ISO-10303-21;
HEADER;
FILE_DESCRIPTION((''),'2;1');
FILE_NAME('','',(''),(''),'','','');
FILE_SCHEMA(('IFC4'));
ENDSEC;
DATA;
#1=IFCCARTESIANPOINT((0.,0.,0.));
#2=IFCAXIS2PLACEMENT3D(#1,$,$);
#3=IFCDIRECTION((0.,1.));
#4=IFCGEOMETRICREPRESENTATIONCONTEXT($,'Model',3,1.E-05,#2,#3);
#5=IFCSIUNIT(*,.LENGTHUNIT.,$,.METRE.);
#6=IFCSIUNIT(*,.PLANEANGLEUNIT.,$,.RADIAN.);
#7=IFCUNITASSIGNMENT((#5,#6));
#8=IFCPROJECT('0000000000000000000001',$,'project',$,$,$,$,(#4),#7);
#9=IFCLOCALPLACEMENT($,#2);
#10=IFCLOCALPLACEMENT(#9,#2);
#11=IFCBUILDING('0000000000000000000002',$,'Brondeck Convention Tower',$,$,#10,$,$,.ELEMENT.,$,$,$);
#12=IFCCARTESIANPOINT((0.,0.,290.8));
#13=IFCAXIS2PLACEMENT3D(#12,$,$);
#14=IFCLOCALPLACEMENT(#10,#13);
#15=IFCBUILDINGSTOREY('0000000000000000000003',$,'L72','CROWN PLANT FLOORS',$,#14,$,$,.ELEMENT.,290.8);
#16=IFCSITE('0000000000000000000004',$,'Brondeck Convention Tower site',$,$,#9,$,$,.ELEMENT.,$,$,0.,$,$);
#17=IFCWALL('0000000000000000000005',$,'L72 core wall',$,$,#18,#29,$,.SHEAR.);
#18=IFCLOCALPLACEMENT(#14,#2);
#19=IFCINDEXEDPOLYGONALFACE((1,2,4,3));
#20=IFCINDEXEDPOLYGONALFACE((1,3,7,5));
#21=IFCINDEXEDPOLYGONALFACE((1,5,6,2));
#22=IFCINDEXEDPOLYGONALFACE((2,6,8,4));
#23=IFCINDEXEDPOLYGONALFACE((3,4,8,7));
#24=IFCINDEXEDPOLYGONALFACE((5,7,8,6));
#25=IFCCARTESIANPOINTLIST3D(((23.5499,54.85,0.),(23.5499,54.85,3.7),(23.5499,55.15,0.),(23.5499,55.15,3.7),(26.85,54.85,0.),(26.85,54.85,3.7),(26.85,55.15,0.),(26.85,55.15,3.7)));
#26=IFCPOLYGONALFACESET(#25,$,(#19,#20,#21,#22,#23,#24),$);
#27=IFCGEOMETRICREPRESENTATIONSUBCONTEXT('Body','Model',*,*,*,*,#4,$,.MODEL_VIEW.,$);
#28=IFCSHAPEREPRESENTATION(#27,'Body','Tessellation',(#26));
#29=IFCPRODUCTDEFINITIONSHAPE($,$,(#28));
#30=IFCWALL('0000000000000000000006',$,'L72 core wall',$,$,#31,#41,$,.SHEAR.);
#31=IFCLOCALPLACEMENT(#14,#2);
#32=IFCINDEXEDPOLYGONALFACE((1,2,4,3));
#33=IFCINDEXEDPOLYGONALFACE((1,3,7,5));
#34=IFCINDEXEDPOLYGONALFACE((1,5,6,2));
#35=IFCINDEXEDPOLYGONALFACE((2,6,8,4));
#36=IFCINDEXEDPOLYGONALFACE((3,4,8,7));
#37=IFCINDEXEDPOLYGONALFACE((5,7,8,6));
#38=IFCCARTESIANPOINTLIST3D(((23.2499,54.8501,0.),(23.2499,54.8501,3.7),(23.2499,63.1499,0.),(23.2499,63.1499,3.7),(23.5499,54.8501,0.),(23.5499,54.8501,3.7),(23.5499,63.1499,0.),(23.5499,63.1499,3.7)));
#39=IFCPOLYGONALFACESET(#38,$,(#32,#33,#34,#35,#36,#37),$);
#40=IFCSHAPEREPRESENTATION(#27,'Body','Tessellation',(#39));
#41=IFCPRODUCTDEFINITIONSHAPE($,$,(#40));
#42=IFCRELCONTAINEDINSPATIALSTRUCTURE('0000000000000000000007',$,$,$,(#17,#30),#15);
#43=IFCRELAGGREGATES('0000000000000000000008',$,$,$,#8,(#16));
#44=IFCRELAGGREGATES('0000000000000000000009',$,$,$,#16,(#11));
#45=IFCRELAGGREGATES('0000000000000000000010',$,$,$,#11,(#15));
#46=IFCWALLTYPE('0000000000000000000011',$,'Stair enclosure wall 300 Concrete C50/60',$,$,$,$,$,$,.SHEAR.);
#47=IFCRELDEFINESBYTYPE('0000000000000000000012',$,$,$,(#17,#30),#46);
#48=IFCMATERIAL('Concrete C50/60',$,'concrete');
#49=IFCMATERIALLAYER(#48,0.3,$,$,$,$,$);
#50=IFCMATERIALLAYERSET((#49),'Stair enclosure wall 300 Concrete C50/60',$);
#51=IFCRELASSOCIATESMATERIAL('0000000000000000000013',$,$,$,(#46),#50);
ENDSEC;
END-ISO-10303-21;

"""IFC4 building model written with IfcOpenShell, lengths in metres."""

from ifc_helpers import new_model, si_unit, direction, frame, frame_2d, origin, place, context, subcontext, project, spatial, rectangle, extrude, material, layer, layer_set, type_object, element, save


model = new_model("IFC4")

# Units and contexts
model_context = context("Model", 3, precision=1e-05, world=origin(), true_north=direction((0.0, 1.0)))
body_context = subcontext(model_context, "Body", "Model", "MODEL_VIEW")
ifc_project = project(units=[si_unit("LENGTHUNIT", "METRE"), si_unit("PLANEANGLEUNIT", "RADIAN")], contexts=[model_context])

# Site, building, storey
site_placement = place(None, origin())
site = spatial("IfcSite", under=ifc_project, at=site_placement, Name="Brondeck Convention Tower site", CompositionType="ELEMENT", RefElevation=0.0)
building_placement = place(site_placement, origin())
building = spatial("IfcBuilding", under=site, at=building_placement, Name="Brondeck Convention Tower", CompositionType="ELEMENT")
storey_placement = place(building_placement, frame((0.0, 0.0, 290.8)))
storey = spatial("IfcBuildingStorey", under=building, at=storey_placement, Name="L72", Description="CROWN PLANT FLOORS", CompositionType="ELEMENT", Elevation=290.8)

# Shared definitions
ifc_material_1 = material(Name="Concrete C50/60", Category="concrete")

# Walls
ifc_layer_1 = layer(ifc_material_1, 0.3)
ifc_layer_set_1 = layer_set([ifc_layer_1], Name="Stair enclosure wall 300 Concrete C50/60")
wall_type_1 = type_object("IfcWallType", Name="Stair enclosure wall 300 Concrete C50/60", PredefinedType="SHEAR", material=ifc_layer_set_1)
wall_1_placement = place(storey_placement, frame((23.55, 55.0, 0.0), z_axis=(0.0, 0.0, 1.0), x_axis=(1.0, 0.0, 0.0)))
element("IfcWall", 1, at=wall_1_placement, inside=storey, type_object=wall_type_1, Name="L72 core wall", PredefinedType="SHEAR", context=body_context, shape_type="SweptSolid", body=[
    extrude(rectangle(XDim=3.3, YDim=0.3, at=frame_2d((1.6499, 0.0))), origin(), (0.0, 0.0, 1.0), 3.7),
])
wall_2_placement = place(storey_placement, frame((23.3999, 54.8501, 0.0), z_axis=(0.0, 0.0, 1.0), x_axis=(0.0, 1.0, 0.0)))
element("IfcWall", 2, at=wall_2_placement, inside=storey, type_object=wall_type_1, Name="L72 core wall", PredefinedType="SHEAR", context=body_context, shape_type="SweptSolid", body=[
    extrude(rectangle(XDim=8.2998, YDim=0.3, at=frame_2d((4.1499, 0.0))), origin(), (0.0, 0.0, 1.0), 3.7),
])

save(model, "model.ifc")
